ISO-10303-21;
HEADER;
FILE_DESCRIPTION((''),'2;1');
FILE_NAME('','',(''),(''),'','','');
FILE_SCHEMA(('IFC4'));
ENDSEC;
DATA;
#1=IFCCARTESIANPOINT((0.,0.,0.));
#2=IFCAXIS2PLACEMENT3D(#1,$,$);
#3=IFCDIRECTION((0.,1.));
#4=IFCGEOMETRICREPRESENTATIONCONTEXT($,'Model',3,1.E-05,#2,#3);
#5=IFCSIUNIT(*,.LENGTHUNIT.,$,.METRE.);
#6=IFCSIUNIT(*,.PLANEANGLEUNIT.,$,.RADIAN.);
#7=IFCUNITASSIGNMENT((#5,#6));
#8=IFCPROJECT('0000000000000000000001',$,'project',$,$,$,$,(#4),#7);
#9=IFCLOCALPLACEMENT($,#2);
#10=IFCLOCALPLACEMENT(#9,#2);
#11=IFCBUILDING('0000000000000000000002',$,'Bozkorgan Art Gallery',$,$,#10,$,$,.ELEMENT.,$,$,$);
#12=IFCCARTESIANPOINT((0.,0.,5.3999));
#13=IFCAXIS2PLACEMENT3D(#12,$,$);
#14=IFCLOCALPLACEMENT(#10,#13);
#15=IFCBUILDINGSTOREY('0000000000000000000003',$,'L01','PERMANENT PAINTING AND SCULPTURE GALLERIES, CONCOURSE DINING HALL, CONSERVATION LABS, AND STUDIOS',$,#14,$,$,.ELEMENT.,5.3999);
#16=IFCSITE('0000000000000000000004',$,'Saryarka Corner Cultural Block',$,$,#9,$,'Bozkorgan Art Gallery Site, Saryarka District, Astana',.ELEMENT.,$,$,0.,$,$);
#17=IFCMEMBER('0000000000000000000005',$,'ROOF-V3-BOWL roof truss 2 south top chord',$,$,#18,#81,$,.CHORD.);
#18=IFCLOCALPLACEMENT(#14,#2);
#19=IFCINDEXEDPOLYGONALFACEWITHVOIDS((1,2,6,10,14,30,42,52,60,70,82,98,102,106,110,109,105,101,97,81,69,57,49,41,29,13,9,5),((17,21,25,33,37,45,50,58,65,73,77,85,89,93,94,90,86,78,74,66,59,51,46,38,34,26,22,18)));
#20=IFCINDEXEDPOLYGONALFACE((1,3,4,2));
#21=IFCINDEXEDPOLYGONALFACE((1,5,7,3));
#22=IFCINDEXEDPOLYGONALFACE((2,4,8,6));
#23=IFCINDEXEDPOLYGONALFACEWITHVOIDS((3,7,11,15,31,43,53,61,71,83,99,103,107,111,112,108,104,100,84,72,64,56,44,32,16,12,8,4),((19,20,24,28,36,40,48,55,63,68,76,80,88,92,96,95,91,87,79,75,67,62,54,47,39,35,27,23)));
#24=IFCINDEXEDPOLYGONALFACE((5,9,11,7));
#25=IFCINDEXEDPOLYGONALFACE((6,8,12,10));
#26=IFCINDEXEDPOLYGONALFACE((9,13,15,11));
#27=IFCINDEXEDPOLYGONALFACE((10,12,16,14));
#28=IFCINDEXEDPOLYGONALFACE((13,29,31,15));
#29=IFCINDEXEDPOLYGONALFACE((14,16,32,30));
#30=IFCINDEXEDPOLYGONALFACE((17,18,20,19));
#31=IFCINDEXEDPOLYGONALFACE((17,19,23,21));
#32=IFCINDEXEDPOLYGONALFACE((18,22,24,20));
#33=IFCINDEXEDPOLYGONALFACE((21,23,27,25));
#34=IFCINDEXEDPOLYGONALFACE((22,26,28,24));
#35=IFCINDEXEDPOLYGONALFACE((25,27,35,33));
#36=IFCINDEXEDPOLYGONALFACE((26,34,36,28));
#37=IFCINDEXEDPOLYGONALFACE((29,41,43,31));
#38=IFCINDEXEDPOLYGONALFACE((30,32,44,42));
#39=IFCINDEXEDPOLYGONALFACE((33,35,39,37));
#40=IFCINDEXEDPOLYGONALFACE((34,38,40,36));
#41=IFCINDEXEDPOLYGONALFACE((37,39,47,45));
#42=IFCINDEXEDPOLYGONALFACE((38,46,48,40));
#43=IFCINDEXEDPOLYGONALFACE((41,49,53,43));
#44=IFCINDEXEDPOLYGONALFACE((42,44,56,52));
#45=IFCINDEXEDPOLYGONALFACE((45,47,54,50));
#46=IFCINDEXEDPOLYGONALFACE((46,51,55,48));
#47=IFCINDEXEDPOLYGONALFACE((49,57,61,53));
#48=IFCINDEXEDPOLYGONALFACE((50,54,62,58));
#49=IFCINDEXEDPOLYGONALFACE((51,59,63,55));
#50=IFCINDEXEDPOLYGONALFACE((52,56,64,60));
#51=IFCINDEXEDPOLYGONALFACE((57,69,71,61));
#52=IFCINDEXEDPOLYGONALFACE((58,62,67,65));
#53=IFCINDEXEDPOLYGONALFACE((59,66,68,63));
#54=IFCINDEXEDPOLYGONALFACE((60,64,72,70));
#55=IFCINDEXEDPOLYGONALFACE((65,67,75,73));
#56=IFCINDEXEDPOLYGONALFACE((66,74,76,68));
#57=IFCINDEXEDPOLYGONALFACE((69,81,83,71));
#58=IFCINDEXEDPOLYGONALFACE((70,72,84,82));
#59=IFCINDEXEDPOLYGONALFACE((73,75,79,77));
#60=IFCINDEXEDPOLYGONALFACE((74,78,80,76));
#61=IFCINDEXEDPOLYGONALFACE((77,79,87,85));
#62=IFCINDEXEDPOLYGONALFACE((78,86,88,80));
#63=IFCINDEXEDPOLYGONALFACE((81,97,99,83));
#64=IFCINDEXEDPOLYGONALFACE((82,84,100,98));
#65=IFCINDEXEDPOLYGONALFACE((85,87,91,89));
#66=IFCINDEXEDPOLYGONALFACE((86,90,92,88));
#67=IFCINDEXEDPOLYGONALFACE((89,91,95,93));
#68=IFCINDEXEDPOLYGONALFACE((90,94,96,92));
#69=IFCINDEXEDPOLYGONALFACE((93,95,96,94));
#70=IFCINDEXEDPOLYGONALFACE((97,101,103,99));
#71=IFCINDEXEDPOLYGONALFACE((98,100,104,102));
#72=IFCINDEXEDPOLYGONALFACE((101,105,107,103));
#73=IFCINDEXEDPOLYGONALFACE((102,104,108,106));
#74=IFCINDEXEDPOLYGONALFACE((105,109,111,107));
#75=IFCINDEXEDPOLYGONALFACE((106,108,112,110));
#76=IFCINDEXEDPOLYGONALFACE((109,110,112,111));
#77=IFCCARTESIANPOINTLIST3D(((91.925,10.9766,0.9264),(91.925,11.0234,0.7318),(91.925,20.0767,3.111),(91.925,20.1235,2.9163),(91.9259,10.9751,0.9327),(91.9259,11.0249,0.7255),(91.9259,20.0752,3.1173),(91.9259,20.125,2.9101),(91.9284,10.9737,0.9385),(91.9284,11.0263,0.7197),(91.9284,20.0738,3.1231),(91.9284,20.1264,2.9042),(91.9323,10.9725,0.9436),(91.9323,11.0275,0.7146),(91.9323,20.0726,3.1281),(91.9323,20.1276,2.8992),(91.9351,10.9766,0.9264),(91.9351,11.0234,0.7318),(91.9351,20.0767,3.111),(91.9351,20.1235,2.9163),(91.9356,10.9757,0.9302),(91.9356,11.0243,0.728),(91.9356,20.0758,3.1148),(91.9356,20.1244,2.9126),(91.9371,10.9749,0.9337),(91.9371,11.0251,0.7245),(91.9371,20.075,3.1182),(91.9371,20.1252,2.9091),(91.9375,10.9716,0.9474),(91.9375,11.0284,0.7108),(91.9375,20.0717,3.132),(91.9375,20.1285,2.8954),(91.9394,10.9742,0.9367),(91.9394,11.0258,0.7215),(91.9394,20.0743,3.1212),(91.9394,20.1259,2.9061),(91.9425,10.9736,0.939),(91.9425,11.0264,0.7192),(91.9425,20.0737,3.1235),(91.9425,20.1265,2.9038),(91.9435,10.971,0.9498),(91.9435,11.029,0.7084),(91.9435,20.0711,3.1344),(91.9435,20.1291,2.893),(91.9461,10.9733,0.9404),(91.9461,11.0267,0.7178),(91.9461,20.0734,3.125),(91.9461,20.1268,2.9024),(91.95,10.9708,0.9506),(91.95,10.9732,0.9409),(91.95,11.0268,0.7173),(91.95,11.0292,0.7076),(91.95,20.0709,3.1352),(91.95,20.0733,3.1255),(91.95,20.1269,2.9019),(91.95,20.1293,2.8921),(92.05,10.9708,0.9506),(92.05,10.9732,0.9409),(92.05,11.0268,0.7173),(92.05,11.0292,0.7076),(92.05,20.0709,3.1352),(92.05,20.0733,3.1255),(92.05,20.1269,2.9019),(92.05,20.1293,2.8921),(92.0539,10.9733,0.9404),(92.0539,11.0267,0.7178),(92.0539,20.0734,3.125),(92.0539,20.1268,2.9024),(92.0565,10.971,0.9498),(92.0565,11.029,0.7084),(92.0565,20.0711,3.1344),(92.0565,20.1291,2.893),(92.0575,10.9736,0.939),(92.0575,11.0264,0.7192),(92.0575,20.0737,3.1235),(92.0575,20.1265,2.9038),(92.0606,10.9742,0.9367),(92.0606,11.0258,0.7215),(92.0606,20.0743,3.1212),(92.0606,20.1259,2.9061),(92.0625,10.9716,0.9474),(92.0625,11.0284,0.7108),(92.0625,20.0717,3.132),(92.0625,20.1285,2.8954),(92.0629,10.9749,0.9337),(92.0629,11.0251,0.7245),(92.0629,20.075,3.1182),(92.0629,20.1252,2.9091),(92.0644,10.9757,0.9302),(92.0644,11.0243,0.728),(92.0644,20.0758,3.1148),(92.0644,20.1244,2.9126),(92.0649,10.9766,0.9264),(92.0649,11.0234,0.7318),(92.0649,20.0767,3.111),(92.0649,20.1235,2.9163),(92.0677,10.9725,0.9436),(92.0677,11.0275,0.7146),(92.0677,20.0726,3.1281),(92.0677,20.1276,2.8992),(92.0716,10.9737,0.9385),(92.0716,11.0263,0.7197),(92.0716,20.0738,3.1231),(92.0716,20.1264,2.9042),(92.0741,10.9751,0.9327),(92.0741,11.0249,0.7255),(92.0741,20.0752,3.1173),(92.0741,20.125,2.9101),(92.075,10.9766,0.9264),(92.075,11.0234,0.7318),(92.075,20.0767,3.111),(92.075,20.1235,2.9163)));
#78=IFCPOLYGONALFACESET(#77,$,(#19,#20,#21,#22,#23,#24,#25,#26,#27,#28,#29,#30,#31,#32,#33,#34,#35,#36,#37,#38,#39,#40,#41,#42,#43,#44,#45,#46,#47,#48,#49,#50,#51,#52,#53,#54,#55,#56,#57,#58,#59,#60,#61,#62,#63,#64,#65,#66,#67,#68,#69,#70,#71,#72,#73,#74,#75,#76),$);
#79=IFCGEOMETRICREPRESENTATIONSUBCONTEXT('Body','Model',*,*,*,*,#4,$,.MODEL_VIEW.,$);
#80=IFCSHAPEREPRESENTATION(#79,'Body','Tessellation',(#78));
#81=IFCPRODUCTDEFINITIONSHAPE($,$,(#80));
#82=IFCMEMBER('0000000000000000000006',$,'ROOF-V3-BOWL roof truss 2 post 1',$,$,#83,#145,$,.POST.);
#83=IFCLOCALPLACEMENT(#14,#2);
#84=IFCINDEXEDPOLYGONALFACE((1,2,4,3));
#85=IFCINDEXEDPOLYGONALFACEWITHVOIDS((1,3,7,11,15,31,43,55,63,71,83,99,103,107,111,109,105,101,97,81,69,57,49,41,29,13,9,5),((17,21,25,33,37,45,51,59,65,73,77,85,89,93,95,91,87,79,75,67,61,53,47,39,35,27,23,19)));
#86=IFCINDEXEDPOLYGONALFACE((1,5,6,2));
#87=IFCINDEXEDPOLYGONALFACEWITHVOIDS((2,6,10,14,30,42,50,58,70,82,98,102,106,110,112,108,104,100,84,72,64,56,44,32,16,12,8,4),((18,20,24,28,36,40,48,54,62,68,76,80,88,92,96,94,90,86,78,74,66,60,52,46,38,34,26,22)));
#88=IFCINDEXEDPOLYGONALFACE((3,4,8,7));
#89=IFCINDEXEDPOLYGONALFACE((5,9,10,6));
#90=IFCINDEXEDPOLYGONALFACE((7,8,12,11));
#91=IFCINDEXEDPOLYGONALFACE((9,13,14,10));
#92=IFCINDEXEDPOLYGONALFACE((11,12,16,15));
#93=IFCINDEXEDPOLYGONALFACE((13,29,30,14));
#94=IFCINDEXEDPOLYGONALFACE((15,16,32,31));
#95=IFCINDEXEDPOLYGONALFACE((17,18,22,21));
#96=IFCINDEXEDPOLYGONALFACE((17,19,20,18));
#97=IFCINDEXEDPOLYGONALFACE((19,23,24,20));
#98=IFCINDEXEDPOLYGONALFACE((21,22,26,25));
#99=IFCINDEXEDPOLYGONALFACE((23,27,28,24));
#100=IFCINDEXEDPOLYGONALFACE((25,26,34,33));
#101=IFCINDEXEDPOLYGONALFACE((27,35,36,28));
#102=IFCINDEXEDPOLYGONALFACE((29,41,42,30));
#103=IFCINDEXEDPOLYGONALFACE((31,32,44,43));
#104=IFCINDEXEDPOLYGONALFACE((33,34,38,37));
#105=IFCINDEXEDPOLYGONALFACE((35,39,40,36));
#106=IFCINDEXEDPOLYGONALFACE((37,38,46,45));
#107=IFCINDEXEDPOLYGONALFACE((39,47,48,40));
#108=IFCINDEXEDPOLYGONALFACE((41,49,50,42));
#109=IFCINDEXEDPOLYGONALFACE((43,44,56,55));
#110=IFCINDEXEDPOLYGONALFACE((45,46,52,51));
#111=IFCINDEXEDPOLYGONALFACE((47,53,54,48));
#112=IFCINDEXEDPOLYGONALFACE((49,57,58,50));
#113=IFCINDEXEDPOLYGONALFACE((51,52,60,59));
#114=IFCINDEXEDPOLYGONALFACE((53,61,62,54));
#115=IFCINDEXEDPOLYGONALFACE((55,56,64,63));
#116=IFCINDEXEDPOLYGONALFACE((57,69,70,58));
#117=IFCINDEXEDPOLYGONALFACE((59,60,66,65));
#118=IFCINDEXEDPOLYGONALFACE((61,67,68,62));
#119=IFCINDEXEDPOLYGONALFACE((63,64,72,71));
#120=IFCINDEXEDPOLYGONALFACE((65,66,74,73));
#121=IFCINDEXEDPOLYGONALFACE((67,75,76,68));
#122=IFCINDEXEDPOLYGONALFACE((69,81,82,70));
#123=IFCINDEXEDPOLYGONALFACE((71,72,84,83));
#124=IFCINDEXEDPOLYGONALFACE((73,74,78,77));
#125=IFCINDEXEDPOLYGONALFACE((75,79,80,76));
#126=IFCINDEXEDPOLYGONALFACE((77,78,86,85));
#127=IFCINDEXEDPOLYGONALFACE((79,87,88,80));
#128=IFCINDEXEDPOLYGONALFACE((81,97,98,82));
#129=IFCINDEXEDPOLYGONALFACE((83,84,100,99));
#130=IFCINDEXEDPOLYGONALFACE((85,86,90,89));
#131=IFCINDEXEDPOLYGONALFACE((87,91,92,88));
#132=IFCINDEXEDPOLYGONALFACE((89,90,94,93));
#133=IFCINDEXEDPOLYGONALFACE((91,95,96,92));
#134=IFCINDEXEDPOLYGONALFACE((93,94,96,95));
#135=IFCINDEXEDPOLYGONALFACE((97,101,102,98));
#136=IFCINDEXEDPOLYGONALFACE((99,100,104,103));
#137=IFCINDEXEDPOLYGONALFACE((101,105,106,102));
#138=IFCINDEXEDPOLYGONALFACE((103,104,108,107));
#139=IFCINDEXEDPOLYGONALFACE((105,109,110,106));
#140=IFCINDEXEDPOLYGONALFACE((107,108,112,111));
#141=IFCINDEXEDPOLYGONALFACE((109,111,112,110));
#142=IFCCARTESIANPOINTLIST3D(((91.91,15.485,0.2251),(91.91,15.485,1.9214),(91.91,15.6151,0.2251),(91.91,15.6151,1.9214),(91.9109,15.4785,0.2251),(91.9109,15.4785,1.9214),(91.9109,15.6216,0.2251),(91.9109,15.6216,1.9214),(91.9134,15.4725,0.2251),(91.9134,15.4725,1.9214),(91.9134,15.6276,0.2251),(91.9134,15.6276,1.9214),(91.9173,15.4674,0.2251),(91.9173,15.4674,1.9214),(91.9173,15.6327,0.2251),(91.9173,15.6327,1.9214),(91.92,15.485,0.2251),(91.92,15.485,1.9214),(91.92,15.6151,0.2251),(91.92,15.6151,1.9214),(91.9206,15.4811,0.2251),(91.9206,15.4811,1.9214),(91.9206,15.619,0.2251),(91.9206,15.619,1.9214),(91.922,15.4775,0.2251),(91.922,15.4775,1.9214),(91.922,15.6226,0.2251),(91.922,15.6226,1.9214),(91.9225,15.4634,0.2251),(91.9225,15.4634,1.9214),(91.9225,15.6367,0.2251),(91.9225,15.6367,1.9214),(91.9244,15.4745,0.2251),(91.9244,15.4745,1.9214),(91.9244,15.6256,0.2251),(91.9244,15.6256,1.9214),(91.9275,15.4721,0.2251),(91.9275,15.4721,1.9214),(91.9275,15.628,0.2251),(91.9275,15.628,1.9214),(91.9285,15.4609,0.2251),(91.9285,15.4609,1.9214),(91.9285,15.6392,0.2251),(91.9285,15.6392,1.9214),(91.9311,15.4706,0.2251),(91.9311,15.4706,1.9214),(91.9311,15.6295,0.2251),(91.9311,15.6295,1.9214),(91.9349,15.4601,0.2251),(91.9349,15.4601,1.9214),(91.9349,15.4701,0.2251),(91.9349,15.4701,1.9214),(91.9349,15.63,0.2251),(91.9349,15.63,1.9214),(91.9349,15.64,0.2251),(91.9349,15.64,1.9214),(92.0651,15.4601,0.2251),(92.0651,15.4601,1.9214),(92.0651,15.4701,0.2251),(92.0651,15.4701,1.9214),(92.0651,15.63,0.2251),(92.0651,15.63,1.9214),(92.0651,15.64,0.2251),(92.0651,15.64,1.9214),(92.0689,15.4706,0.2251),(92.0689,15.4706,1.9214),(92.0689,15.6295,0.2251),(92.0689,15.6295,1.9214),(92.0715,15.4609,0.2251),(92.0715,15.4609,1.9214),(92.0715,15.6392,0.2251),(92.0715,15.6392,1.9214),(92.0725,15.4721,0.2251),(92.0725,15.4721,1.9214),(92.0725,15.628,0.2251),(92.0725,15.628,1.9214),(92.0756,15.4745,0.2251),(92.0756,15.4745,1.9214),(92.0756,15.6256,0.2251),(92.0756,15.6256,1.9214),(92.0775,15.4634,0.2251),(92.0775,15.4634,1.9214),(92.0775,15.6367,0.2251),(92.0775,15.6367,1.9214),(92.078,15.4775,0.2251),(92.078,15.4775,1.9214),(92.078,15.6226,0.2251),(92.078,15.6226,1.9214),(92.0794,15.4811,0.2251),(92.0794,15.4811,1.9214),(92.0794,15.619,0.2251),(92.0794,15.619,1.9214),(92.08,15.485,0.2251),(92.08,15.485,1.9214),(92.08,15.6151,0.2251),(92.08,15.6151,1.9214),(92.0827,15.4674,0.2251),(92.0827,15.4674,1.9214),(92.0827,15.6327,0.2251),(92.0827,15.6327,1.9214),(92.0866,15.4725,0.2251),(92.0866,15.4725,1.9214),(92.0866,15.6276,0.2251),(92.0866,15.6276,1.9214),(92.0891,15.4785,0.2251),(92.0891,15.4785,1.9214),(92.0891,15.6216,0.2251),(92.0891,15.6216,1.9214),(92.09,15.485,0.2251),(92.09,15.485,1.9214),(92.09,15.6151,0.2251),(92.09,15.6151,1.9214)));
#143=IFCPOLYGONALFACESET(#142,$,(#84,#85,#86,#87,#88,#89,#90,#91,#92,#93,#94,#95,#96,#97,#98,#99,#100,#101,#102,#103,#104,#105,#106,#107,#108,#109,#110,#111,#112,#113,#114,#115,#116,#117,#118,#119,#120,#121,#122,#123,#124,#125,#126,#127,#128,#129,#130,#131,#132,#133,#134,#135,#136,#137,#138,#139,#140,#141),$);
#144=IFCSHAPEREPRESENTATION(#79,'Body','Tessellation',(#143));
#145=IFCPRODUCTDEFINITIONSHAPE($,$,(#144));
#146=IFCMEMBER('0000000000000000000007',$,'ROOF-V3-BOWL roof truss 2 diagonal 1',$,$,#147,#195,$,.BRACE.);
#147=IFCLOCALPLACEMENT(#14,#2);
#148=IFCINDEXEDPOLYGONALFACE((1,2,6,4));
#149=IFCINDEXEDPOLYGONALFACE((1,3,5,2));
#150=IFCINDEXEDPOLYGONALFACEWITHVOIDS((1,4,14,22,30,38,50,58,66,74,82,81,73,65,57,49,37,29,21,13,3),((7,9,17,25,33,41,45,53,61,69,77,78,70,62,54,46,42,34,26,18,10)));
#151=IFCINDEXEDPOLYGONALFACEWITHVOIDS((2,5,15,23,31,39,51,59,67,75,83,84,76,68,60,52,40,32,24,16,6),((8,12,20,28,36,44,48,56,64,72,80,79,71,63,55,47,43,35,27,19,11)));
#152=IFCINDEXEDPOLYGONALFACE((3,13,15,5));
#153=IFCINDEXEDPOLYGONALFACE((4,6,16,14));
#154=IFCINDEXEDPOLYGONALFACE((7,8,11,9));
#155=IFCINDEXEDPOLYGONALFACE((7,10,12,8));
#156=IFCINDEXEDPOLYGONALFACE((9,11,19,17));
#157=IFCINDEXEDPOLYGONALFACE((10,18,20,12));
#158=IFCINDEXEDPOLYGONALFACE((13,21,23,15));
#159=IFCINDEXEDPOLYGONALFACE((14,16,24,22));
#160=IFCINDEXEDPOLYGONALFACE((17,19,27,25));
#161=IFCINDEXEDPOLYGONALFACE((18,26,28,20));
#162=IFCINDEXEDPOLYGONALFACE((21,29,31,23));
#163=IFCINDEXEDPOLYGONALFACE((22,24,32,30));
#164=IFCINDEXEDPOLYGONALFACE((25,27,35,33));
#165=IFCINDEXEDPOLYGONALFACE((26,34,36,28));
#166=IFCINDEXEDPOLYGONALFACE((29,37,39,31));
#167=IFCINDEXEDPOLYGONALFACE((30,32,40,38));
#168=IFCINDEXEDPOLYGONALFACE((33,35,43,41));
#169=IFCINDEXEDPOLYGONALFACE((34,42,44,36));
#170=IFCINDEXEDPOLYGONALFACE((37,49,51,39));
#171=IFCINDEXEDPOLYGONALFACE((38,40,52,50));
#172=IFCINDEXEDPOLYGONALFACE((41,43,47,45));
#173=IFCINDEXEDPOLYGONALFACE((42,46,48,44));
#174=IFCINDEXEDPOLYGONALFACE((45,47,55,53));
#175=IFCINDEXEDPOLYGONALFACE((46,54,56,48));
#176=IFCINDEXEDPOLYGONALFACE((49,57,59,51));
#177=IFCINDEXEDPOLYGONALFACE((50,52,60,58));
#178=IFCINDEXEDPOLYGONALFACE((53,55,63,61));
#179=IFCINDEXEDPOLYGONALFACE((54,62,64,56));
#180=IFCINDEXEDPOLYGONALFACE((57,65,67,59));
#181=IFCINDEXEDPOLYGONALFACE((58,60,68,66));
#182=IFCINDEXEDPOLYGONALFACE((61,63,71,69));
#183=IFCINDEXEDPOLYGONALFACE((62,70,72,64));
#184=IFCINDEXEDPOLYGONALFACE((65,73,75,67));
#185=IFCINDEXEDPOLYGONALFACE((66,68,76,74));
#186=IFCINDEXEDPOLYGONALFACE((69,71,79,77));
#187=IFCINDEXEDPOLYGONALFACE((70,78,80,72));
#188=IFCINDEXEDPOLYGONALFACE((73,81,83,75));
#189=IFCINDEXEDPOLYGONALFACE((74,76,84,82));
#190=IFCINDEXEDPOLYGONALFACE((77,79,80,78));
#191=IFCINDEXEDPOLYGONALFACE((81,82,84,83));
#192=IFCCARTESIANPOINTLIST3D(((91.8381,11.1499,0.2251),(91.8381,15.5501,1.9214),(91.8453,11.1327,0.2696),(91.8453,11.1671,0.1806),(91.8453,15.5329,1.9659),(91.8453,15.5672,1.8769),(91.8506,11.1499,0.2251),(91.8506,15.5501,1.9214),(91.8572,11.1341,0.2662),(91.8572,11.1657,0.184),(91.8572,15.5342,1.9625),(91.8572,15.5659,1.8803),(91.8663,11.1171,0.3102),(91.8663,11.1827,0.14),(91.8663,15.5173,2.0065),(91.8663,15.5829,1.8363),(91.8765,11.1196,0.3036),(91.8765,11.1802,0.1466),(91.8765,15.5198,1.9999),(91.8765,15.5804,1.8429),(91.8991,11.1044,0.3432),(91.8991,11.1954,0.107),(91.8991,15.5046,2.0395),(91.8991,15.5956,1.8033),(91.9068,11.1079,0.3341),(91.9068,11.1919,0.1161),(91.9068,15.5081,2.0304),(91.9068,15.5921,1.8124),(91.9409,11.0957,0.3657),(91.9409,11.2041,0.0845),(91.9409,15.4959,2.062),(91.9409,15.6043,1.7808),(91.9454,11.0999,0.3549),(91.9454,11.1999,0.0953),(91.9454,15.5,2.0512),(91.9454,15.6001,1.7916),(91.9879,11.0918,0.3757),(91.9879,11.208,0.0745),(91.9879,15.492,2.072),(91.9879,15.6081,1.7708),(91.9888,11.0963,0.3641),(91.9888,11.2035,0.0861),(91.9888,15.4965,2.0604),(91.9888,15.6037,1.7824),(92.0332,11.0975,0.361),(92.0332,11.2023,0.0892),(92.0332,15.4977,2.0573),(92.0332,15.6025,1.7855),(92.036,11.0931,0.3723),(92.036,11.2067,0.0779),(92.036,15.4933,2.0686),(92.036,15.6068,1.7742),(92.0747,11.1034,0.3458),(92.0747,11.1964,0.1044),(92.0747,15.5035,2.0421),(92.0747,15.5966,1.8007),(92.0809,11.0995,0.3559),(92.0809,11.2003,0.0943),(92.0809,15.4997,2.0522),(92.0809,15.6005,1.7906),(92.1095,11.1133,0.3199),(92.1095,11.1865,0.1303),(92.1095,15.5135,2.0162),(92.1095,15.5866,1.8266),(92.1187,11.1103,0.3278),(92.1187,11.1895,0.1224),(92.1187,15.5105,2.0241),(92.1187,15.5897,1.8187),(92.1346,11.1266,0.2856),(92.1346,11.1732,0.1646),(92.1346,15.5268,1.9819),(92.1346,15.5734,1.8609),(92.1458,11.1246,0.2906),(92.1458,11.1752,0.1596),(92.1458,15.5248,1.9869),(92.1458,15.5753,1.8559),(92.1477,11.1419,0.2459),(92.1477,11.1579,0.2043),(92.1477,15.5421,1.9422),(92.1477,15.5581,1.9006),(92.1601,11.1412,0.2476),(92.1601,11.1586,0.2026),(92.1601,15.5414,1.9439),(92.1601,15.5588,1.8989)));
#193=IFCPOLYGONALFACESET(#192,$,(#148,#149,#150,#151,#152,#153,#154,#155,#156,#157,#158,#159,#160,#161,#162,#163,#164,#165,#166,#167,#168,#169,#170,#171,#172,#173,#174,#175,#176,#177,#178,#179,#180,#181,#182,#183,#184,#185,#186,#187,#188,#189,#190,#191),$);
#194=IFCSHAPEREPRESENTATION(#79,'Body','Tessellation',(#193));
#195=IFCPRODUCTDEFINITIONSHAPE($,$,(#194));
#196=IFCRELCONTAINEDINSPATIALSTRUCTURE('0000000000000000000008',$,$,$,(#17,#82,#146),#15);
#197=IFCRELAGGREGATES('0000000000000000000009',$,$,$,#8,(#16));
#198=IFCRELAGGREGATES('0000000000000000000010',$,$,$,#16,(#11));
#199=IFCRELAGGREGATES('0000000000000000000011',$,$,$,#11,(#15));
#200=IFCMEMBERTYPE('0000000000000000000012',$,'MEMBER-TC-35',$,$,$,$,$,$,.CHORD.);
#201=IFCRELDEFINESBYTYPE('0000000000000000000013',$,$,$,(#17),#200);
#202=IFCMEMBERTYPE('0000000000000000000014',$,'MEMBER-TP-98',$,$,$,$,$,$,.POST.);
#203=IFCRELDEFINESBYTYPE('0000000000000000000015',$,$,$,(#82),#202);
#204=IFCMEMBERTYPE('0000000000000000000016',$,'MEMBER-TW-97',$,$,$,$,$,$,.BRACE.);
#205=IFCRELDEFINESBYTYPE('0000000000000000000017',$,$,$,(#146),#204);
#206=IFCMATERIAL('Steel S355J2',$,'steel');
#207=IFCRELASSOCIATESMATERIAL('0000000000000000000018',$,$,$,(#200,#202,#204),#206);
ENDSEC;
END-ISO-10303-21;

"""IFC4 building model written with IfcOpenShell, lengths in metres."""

from ifc_helpers import new_model, si_unit, direction, frame, origin, origin_2d, place, context, subcontext, project, spatial, hollow_rectangle, hollow_circle, extrude, material, material_profile, profile_set, type_object, element, save


model = new_model("IFC4")

# Units and contexts
model_context = context("Model", 3, precision=1e-05, world=origin(), true_north=direction((0.0, 1.0)))
body_context = subcontext(model_context, "Body", "Model", "MODEL_VIEW")
ifc_project = project(units=[si_unit("LENGTHUNIT", "METRE"), si_unit("PLANEANGLEUNIT", "RADIAN")], contexts=[model_context])

# Site, building, storey
site_placement = place(None, origin())
site = spatial("IfcSite", under=ifc_project, at=site_placement, Name="Saryarka Corner Cultural Block", LongName="Bozkorgan Art Gallery Site, Saryarka District, Astana", CompositionType="ELEMENT", RefElevation=0.0)
building_placement = place(site_placement, origin())
building = spatial("IfcBuilding", under=site, at=building_placement, Name="Bozkorgan Art Gallery", CompositionType="ELEMENT")
storey_placement = place(building_placement, frame((0.0, 0.0, 5.3999)))
storey = spatial("IfcBuildingStorey", under=building, at=storey_placement, Name="L01", Description="PERMANENT PAINTING AND SCULPTURE GALLERIES, CONCOURSE DINING HALL, CONSERVATION LABS, AND STUDIOS", CompositionType="ELEMENT", Elevation=5.3999)

# Shared definitions
ifc_material_1 = material(Name="Steel S355J2", Category="steel")

# Members
ifc_material_profile_1 = material_profile(ifc_material_1, hollow_rectangle(XDim=0.1499, YDim=0.25, WallThickness=0.01, InnerFilletRadius=0.0149, OuterFilletRadius=0.0249, at=origin_2d()), Name="RHS 250x150x10")
ifc_profile_set_1 = profile_set([ifc_material_profile_1], Name="Steel S355J2")
member_type_1 = type_object("IfcMemberType", Name="MEMBER-TC-35", PredefinedType="CHORD", material=ifc_profile_set_1)
member_1_placement = place(storey_placement, frame((92.0, 11.0, 0.8291), z_axis=(0.0, 0.972374, 0.233428), x_axis=(-1.0, 0.0, 0.0)))
element("IfcMember", 1, at=member_1_placement, inside=storey, type_object=member_type_1, Name="ROOF-V3-BOWL roof truss 2 south top chord", PredefinedType="CHORD", context=body_context, shape_type="SweptSolid", body=[
    extrude(hollow_rectangle(XDim=0.1499, YDim=0.25, WallThickness=0.01, InnerFilletRadius=0.0149, OuterFilletRadius=0.0249, at=origin_2d()), origin(), (0.0, 0.0, 1.0), 9.3586),
])
ifc_material_profile_2 = material_profile(ifc_material_1, hollow_rectangle(XDim=0.1799, YDim=0.1799, WallThickness=0.01, InnerFilletRadius=0.0149, OuterFilletRadius=0.0249, at=origin_2d()), Name="SHS 180x180x10")
ifc_profile_set_2 = profile_set([ifc_material_profile_2], Name="Steel S355J2")
member_type_2 = type_object("IfcMemberType", Name="MEMBER-TP-98", PredefinedType="POST", material=ifc_profile_set_2)
member_2_placement = place(storey_placement, frame((92.0, 15.55, 0.2251), z_axis=(0.0, 0.0, 1.0), x_axis=(1.0, 0.0, 0.0)))
element("IfcMember", 2, at=member_2_placement, inside=storey, type_object=member_type_2, Name="ROOF-V3-BOWL roof truss 2 post 1", PredefinedType="POST", context=body_context, shape_type="SweptSolid", body=[
    extrude(hollow_rectangle(XDim=0.1799, YDim=0.1799, WallThickness=0.01, InnerFilletRadius=0.0149, OuterFilletRadius=0.0249, at=origin_2d()), origin(), (0.0, 0.0, 1.0), 1.6963),
])
ifc_material_profile_3 = material_profile(ifc_material_1, hollow_circle(Radius=0.1619, WallThickness=0.0125, at=origin_2d()), Name="CHS 323.9x12.5")
ifc_profile_set_3 = profile_set([ifc_material_profile_3], Name="Steel S355J2")
member_type_3 = type_object("IfcMemberType", Name="MEMBER-TW-97", PredefinedType="BRACE", material=ifc_profile_set_3)
member_3_placement = place(storey_placement, frame((92.0, 11.1499, 0.2251), z_axis=(0.0, 0.933066, 0.359704), x_axis=(-1.0, 0.0, 0.0)))
element("IfcMember", 3, at=member_3_placement, inside=storey, type_object=member_type_3, Name="ROOF-V3-BOWL roof truss 2 diagonal 1", PredefinedType="BRACE", context=body_context, shape_type="SweptSolid", body=[
    extrude(hollow_circle(Radius=0.1619, WallThickness=0.0125, at=origin_2d()), origin(), (0.0, 0.0, 1.0), 4.7158),
])

save(model, "model.ifc")
